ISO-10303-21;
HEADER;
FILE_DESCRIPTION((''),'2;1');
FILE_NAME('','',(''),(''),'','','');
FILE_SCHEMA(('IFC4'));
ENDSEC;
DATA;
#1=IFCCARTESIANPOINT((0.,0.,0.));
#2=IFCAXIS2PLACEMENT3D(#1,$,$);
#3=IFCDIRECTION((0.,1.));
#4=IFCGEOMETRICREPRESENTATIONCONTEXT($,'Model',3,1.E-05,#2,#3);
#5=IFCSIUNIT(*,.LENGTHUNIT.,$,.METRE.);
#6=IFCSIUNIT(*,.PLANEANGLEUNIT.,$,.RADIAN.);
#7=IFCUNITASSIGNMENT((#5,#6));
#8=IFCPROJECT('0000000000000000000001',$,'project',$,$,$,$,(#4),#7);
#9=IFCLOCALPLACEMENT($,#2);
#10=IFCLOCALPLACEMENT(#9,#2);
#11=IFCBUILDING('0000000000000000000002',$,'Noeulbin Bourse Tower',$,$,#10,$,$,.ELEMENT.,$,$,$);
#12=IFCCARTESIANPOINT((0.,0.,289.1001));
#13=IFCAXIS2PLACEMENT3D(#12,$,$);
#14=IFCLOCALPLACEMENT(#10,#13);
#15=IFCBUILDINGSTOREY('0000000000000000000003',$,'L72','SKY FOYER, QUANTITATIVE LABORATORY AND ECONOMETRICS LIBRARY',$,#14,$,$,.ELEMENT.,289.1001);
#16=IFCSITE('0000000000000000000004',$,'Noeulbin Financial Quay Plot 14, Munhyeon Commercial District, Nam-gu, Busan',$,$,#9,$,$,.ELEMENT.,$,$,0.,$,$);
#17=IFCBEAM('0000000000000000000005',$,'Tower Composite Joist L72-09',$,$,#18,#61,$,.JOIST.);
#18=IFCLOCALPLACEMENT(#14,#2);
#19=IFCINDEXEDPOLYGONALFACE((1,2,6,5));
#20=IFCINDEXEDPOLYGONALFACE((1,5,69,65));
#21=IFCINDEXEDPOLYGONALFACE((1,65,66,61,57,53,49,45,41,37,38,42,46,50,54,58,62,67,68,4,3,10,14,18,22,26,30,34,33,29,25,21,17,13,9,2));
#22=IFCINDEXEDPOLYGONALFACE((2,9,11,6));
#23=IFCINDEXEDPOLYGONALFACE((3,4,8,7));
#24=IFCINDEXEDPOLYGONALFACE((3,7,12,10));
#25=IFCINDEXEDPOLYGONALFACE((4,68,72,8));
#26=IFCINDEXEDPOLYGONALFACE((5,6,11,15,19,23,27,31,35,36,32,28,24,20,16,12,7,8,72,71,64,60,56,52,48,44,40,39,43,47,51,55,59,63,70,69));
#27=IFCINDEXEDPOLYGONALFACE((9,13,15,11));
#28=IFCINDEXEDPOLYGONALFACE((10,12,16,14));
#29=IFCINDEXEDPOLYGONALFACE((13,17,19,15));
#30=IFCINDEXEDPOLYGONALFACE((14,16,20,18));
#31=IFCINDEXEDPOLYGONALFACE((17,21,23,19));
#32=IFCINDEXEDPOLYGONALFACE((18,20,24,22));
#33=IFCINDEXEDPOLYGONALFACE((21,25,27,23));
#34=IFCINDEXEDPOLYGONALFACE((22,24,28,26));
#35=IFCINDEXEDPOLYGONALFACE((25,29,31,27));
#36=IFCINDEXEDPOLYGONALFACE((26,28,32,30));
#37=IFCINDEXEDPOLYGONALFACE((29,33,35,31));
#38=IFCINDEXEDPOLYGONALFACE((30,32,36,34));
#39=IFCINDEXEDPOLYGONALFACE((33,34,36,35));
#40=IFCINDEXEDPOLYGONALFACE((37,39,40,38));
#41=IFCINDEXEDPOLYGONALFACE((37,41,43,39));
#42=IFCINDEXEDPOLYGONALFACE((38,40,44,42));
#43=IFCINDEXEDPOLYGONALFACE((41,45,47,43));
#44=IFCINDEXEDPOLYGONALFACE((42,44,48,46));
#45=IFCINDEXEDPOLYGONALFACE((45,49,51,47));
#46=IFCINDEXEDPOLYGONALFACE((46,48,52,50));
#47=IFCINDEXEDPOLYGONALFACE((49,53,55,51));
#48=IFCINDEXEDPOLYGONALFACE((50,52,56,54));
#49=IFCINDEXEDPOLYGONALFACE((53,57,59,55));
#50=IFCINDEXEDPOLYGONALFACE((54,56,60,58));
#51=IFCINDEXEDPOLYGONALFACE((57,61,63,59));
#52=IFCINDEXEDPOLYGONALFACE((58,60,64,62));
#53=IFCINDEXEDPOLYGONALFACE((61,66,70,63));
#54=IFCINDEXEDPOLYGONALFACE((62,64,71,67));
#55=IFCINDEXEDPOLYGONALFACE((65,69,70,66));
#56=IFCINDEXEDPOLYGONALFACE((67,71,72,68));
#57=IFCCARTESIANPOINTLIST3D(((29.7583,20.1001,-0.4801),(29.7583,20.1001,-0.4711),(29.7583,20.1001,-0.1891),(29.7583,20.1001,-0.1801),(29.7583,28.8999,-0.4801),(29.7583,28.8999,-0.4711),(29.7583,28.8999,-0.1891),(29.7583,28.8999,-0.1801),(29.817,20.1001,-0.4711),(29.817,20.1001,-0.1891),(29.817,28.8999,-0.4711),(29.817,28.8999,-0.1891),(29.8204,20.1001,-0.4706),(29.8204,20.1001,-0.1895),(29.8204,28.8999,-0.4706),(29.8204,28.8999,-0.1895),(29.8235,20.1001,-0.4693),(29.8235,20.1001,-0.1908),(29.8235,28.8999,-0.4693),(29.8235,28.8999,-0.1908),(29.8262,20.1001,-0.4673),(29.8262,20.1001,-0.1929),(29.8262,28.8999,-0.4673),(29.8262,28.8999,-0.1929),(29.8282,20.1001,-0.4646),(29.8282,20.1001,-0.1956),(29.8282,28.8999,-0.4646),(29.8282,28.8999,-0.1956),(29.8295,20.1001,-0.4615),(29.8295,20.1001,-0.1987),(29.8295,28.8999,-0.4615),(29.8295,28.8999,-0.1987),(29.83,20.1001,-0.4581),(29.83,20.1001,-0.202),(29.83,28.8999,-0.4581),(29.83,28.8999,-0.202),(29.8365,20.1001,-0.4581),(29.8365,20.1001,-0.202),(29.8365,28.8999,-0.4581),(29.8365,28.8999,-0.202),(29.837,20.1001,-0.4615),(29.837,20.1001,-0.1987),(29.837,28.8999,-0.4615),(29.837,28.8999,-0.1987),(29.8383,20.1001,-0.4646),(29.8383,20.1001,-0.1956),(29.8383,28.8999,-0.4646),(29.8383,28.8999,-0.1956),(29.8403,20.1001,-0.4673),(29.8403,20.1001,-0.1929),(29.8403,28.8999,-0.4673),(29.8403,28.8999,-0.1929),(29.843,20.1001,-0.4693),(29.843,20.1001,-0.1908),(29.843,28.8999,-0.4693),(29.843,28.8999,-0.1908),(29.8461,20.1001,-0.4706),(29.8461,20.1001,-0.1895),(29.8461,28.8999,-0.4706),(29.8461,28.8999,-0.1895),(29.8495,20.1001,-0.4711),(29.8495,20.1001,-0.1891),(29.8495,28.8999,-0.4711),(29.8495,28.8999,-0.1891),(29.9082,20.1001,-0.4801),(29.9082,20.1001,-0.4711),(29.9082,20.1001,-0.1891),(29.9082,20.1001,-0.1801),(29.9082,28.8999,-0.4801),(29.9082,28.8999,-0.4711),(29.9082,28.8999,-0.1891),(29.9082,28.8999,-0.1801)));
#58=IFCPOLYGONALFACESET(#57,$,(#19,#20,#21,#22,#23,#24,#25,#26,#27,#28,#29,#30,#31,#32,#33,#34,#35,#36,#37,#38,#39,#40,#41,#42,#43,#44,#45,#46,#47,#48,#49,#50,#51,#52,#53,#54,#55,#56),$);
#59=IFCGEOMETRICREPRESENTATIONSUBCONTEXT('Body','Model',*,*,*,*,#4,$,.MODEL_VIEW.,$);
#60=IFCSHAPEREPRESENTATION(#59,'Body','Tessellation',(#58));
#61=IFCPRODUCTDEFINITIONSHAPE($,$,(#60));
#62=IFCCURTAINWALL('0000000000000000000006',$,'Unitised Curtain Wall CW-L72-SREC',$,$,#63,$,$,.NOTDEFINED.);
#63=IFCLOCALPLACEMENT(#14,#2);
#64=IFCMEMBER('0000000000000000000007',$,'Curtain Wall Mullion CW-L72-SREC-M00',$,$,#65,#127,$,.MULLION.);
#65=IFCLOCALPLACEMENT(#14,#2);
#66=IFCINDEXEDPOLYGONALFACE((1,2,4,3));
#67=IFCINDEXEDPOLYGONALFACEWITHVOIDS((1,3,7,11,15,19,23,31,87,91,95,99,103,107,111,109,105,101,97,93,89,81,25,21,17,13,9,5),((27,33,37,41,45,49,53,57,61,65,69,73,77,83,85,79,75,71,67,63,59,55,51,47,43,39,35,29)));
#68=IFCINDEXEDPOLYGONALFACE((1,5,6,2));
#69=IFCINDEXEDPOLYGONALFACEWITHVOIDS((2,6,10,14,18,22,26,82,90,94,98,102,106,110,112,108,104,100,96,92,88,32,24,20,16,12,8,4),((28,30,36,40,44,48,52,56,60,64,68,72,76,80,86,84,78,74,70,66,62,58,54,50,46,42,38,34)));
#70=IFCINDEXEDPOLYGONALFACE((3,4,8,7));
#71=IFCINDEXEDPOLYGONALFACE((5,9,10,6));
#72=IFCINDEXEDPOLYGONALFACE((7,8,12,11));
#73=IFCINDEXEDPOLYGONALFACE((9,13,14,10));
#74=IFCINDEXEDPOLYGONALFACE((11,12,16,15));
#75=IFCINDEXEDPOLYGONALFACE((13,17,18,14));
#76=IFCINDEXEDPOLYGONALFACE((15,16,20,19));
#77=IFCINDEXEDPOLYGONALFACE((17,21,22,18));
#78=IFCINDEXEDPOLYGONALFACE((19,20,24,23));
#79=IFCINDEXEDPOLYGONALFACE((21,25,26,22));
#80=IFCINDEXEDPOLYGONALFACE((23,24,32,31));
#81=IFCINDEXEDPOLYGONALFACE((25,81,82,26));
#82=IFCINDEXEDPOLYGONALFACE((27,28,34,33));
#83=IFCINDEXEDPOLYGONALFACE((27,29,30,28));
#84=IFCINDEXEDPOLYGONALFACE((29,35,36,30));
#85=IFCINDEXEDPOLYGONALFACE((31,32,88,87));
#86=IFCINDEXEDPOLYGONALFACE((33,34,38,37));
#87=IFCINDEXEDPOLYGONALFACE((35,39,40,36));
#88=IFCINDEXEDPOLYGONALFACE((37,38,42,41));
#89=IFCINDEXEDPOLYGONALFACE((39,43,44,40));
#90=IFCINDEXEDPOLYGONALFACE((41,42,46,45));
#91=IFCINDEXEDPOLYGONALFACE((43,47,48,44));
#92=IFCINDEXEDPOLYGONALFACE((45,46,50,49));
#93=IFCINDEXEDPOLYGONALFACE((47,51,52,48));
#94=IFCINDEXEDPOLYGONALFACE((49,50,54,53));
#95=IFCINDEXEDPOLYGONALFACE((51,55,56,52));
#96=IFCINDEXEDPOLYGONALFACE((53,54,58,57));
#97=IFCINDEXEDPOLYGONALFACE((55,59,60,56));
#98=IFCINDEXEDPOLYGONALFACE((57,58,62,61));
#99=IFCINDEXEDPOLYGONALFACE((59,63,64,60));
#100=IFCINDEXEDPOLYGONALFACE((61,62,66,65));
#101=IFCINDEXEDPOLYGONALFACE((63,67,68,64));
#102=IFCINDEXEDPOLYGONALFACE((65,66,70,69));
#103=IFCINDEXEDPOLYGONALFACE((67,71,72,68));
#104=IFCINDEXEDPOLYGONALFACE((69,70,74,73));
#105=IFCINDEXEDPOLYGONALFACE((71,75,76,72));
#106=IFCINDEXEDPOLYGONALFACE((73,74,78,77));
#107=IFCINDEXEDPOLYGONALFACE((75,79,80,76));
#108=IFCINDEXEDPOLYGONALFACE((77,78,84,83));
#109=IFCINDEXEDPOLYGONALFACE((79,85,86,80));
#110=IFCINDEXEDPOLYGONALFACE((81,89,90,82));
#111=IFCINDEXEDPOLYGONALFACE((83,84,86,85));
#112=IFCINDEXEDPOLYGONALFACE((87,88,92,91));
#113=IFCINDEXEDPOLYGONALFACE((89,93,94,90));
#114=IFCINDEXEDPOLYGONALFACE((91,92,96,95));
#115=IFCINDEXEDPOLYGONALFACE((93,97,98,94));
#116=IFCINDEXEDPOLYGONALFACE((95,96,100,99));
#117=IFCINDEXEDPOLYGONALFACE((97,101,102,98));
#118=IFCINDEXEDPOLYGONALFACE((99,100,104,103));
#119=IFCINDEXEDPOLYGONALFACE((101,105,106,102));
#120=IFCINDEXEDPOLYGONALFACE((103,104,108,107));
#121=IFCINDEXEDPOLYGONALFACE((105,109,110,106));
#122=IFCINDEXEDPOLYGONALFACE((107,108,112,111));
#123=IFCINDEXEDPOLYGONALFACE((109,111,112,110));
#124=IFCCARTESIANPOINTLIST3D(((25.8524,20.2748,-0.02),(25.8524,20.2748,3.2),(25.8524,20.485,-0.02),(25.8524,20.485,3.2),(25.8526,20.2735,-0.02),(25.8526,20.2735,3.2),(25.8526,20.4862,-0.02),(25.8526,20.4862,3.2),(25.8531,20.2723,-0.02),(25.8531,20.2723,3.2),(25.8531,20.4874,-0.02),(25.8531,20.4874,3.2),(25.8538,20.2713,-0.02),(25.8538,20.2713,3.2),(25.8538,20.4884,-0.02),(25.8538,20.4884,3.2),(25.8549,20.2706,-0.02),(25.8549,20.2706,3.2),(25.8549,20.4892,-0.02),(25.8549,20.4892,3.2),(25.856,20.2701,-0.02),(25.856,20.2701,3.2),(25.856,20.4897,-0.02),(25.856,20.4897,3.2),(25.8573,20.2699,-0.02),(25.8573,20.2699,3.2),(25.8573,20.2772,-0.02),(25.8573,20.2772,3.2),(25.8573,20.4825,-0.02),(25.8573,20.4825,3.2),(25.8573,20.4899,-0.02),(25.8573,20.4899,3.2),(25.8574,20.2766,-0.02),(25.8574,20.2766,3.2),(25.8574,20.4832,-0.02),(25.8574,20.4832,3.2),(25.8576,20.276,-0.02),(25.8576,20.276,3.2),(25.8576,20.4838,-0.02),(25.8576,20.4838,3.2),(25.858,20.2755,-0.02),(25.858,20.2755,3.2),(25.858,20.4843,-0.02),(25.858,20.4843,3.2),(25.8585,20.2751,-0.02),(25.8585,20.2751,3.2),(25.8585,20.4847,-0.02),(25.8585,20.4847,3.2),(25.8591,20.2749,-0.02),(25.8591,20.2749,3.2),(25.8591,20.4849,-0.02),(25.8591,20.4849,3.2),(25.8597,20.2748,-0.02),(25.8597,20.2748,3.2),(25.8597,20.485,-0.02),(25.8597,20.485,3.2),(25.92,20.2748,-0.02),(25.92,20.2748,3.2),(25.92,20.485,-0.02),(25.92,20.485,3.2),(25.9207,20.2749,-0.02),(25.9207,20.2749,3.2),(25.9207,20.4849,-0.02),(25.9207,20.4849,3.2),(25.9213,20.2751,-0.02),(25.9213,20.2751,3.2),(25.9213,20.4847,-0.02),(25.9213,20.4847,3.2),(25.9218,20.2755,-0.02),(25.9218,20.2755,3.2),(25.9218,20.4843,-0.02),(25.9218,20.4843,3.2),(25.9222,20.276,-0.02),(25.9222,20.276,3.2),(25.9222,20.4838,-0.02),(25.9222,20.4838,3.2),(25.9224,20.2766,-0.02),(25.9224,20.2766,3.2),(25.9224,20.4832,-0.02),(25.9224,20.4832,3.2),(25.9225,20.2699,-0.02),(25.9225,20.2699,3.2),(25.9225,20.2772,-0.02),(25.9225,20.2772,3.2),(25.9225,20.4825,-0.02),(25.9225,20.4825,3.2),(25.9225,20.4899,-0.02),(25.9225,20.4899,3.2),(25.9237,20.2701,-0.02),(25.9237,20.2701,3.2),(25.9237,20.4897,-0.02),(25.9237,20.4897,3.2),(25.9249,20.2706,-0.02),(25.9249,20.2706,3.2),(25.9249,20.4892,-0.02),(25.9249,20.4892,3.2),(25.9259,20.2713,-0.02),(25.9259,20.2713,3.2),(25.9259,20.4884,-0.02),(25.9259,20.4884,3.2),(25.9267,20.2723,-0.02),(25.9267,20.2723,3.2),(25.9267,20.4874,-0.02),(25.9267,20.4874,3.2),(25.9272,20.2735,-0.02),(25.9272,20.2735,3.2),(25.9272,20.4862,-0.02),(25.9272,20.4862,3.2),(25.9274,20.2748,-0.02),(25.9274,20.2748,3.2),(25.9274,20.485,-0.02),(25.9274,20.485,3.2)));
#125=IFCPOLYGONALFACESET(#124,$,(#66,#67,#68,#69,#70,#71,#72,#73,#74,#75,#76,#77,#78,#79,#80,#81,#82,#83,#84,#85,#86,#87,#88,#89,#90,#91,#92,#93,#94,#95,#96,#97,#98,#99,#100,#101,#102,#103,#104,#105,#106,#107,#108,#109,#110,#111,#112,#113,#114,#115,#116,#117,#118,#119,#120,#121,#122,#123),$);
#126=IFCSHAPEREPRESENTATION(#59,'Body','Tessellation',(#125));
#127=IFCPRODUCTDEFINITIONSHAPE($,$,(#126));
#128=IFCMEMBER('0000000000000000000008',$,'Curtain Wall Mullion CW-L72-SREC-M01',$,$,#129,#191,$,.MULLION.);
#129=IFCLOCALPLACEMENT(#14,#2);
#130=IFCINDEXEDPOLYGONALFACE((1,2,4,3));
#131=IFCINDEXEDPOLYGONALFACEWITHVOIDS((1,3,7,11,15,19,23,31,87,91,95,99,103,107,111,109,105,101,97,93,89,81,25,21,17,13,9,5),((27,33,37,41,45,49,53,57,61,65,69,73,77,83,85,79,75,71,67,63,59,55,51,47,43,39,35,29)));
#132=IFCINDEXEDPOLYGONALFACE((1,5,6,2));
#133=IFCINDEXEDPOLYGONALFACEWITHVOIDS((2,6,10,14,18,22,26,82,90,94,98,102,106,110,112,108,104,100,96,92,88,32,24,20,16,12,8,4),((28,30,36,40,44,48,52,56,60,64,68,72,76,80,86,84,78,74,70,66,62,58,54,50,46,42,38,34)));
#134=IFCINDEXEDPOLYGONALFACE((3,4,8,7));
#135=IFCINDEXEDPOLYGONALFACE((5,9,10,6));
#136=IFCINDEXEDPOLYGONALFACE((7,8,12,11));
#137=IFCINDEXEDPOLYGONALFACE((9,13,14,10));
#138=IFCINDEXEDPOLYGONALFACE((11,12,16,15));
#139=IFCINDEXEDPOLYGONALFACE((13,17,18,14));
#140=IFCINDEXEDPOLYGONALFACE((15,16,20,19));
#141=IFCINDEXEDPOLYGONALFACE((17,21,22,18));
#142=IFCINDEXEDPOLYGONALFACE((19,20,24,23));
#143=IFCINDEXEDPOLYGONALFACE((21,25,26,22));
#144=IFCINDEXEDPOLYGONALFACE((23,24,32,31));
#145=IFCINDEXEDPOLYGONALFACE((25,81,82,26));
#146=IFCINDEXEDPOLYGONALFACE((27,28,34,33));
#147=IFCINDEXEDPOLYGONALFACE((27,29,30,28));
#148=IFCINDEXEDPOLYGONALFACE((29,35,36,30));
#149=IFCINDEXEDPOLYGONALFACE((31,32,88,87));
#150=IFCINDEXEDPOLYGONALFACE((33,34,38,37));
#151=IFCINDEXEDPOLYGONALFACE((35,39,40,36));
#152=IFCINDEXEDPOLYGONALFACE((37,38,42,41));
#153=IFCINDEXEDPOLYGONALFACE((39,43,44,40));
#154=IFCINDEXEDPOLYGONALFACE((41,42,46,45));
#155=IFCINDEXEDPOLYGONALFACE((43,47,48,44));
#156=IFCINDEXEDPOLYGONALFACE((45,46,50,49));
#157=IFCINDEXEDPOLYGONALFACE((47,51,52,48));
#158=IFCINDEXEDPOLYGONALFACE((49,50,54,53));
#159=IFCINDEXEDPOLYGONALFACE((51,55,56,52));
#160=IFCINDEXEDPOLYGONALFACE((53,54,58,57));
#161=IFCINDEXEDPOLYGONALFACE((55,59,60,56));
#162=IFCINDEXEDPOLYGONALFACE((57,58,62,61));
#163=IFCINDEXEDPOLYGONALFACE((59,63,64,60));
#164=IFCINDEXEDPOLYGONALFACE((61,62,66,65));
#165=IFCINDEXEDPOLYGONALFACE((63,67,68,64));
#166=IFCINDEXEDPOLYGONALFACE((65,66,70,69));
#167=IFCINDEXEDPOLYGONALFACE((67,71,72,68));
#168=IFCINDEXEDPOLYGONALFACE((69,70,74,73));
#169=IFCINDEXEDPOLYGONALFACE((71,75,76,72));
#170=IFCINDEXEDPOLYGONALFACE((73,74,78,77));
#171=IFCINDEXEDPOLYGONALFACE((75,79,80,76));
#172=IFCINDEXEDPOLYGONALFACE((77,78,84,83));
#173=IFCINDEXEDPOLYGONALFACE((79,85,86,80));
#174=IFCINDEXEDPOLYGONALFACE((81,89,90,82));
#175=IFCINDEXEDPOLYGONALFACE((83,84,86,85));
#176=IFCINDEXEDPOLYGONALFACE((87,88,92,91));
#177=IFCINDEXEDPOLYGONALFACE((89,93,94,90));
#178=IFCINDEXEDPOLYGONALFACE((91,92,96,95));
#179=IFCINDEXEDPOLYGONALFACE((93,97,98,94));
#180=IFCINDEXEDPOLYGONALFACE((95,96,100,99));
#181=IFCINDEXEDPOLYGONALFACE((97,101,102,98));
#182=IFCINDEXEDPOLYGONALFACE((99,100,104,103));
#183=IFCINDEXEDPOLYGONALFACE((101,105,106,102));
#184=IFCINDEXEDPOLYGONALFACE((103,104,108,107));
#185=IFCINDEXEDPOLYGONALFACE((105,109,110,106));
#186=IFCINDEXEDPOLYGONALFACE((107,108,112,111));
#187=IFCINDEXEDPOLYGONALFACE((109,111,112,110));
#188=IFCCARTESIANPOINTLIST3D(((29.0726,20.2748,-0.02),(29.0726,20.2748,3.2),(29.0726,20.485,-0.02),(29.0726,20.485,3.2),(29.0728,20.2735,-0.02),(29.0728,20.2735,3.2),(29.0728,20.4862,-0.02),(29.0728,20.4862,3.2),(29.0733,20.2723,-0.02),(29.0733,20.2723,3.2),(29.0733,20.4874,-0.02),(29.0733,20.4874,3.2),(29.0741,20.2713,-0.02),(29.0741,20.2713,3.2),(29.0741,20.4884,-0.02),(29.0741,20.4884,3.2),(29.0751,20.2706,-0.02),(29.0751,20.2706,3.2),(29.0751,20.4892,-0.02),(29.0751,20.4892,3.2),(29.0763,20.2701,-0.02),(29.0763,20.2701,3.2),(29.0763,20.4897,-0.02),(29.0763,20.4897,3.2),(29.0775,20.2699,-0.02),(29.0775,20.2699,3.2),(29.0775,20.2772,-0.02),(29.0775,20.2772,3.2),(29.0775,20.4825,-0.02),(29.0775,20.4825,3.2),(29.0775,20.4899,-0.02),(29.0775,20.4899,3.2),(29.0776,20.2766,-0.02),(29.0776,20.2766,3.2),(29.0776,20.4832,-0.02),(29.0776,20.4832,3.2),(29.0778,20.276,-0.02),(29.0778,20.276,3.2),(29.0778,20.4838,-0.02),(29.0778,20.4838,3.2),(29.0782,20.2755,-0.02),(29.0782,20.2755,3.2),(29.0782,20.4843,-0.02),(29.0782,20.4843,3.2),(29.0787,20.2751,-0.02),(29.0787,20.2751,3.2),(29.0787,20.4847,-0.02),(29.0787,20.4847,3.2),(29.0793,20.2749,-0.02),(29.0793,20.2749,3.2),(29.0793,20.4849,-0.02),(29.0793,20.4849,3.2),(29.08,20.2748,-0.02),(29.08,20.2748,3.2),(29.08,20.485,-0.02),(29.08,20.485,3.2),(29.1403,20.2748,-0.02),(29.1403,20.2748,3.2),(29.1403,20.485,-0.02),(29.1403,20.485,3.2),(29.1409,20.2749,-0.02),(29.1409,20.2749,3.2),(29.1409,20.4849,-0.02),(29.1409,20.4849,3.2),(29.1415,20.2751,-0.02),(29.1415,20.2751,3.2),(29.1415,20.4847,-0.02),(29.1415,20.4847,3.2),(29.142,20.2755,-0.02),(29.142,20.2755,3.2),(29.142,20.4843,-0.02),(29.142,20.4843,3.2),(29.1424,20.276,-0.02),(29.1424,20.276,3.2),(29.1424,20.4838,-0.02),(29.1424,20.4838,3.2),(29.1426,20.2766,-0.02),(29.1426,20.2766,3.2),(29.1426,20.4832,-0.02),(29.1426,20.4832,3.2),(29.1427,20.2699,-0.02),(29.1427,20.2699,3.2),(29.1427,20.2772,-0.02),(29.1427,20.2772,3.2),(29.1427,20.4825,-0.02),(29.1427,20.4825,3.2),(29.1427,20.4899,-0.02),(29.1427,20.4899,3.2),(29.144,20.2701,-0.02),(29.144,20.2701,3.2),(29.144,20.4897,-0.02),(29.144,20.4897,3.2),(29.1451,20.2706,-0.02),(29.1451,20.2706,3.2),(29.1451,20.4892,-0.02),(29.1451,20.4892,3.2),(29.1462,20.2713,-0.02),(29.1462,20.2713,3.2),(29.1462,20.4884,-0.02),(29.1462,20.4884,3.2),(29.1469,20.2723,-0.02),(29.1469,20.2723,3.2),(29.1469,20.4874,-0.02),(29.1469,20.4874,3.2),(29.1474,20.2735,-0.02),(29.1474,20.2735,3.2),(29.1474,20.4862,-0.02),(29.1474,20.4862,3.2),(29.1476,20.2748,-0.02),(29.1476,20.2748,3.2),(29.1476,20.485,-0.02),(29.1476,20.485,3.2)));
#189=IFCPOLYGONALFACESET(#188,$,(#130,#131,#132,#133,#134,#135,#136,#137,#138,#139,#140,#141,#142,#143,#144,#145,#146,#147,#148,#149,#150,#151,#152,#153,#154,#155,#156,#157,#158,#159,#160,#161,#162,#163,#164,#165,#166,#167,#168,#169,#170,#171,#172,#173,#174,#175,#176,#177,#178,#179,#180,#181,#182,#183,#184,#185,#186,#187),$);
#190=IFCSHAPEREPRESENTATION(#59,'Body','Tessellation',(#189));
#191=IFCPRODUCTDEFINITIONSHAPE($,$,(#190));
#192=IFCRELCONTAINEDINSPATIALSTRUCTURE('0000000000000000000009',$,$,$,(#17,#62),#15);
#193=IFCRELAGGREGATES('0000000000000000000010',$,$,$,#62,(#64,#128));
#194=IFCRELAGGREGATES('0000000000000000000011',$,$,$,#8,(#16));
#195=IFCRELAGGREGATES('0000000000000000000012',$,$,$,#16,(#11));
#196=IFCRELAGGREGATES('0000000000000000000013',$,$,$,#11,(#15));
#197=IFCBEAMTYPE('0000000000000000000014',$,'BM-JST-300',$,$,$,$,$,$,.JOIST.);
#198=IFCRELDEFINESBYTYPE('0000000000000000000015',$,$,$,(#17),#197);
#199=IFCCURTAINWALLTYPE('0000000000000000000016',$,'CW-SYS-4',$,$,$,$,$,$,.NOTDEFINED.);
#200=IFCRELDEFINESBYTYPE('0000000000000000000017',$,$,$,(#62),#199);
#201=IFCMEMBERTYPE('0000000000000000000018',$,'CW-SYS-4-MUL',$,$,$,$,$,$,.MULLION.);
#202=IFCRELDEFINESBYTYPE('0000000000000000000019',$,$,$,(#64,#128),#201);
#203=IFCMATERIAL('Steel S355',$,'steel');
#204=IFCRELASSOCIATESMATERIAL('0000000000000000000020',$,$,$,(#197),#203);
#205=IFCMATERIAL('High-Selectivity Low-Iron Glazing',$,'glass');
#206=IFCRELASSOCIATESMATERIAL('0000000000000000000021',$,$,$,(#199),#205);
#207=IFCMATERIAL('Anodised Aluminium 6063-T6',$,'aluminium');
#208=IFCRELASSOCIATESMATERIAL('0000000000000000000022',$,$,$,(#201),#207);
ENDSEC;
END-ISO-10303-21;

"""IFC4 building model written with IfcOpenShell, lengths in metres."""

from ifc_helpers import new_model, si_unit, direction, frame, origin, origin_2d, place, context, subcontext, project, spatial, hollow_rectangle, i_section, extrude, material, material_profile, profile_set, type_object, element, aggregate, save


model = new_model("IFC4")

# Units and contexts
model_context = context("Model", 3, precision=1e-05, world=origin(), true_north=direction((0.0, 1.0)))
body_context = subcontext(model_context, "Body", "Model", "MODEL_VIEW")
ifc_project = project(units=[si_unit("LENGTHUNIT", "METRE"), si_unit("PLANEANGLEUNIT", "RADIAN")], contexts=[model_context])

# Site, building, storey
site_placement = place(None, origin())
site = spatial("IfcSite", under=ifc_project, at=site_placement, Name="Noeulbin Financial Quay Plot 14, Munhyeon Commercial District, Nam-gu, Busan", CompositionType="ELEMENT", RefElevation=0.0)
building_placement = place(site_placement, origin())
building = spatial("IfcBuilding", under=site, at=building_placement, Name="Noeulbin Bourse Tower", CompositionType="ELEMENT")
storey_placement = place(building_placement, frame((0.0, 0.0, 289.1001)))
storey = spatial("IfcBuildingStorey", under=building, at=storey_placement, Name="L72", Description="SKY FOYER, QUANTITATIVE LABORATORY AND ECONOMETRICS LIBRARY", CompositionType="ELEMENT", Elevation=289.1001)

# Shared definitions
ifc_material_1 = material(Name="Steel S355", Category="steel")

# Beam
ifc_material_profile_1 = material_profile(ifc_material_1, i_section(OverallWidth=0.1499, OverallDepth=0.3, WebThickness=0.0066, FlangeThickness=0.009, FilletRadius=0.0129, at=origin_2d()), Name="H-300x150x6.5x9", Category="LoadBearing")
ifc_profile_set_1 = profile_set([ifc_material_profile_1], Name="Steel S355")
beam_type_1 = type_object("IfcBeamType", Name="BM-JST-300", PredefinedType="JOIST", material=ifc_profile_set_1)
for number, where, z_axis, x_axis, name in (
    (1, (29.8333, 20.1001, -0.3301), (0.0, 1.0, 0.0), (-1.0, 0.0, 0.0), "Tower Composite Joist L72-09"),
):
    element("IfcBeam", number, at=place(storey_placement, frame(where, z_axis=z_axis, x_axis=x_axis)), inside=storey, type_object=beam_type_1, Name=name, PredefinedType="JOIST", context=body_context, shape_type="SweptSolid", body=[
        extrude(i_section(OverallWidth=0.1499, OverallDepth=0.3, WebThickness=0.0066, FlangeThickness=0.009, FilletRadius=0.0129, at=origin_2d()), origin(), (0.0, 0.0, 1.0), 8.7998),
    ])

# Curtain wall, members
ifc_material_2 = material(Name="High-Selectivity Low-Iron Glazing", Category="glass")
curtain_wall_type = type_object("IfcCurtainWallType", Name="CW-SYS-4", PredefinedType="NOTDEFINED", material=ifc_material_2)
curtain_wall_1_placement = place(storey_placement, origin())
curtain_wall_1 = element("IfcCurtainWall", 2, at=curtain_wall_1_placement, inside=storey, type_object=curtain_wall_type, Name="Unitised Curtain Wall CW-L72-SREC", PredefinedType="NOTDEFINED")
ifc_material_3 = material(Name="Anodised Aluminium 6063-T6", Category="aluminium")
ifc_material_profile_2 = material_profile(ifc_material_3, hollow_rectangle(XDim=0.075, YDim=0.22, WallThickness=0.0049, InnerFilletRadius=0.0024, OuterFilletRadius=0.0049, at=origin_2d()), Name="ALU-MULL-75x220x5", Category="LoadBearing")
ifc_profile_set_2 = profile_set([ifc_material_profile_2], Name="Anodised Aluminium 6063-T6")
member_type_1 = type_object("IfcMemberType", Name="CW-SYS-4-MUL", PredefinedType="MULLION", material=ifc_profile_set_2)
member_1_placement = place(storey_placement, frame((25.8899, 20.3799, -0.02), z_axis=(0.0, 0.0, 1.0), x_axis=(1.0, 0.0, 0.0)))
member_1 = element("IfcMember", 3, at=member_1_placement, type_object=member_type_1, Name="Curtain Wall Mullion CW-L72-SREC-M00", PredefinedType="MULLION", context=body_context, shape_type="SweptSolid", body=[
    extrude(hollow_rectangle(XDim=0.075, YDim=0.22, WallThickness=0.0049, InnerFilletRadius=0.0024, OuterFilletRadius=0.0049, at=origin_2d()), origin(), (0.0, 0.0, 1.0), 3.22),
])
member_2_placement = place(storey_placement, frame((29.1101, 20.3799, -0.02), z_axis=(0.0, 0.0, 1.0), x_axis=(1.0, 0.0, 0.0)))
member_2 = element("IfcMember", 4, at=member_2_placement, type_object=member_type_1, Name="Curtain Wall Mullion CW-L72-SREC-M01", PredefinedType="MULLION", context=body_context, shape_type="SweptSolid", body=[
    extrude(hollow_rectangle(XDim=0.075, YDim=0.22, WallThickness=0.0049, InnerFilletRadius=0.0024, OuterFilletRadius=0.0049, at=origin_2d()), origin(), (0.0, 0.0, 1.0), 3.22),
])

aggregate(curtain_wall_1, [member_1, member_2])

save(model, "model.ifc")
